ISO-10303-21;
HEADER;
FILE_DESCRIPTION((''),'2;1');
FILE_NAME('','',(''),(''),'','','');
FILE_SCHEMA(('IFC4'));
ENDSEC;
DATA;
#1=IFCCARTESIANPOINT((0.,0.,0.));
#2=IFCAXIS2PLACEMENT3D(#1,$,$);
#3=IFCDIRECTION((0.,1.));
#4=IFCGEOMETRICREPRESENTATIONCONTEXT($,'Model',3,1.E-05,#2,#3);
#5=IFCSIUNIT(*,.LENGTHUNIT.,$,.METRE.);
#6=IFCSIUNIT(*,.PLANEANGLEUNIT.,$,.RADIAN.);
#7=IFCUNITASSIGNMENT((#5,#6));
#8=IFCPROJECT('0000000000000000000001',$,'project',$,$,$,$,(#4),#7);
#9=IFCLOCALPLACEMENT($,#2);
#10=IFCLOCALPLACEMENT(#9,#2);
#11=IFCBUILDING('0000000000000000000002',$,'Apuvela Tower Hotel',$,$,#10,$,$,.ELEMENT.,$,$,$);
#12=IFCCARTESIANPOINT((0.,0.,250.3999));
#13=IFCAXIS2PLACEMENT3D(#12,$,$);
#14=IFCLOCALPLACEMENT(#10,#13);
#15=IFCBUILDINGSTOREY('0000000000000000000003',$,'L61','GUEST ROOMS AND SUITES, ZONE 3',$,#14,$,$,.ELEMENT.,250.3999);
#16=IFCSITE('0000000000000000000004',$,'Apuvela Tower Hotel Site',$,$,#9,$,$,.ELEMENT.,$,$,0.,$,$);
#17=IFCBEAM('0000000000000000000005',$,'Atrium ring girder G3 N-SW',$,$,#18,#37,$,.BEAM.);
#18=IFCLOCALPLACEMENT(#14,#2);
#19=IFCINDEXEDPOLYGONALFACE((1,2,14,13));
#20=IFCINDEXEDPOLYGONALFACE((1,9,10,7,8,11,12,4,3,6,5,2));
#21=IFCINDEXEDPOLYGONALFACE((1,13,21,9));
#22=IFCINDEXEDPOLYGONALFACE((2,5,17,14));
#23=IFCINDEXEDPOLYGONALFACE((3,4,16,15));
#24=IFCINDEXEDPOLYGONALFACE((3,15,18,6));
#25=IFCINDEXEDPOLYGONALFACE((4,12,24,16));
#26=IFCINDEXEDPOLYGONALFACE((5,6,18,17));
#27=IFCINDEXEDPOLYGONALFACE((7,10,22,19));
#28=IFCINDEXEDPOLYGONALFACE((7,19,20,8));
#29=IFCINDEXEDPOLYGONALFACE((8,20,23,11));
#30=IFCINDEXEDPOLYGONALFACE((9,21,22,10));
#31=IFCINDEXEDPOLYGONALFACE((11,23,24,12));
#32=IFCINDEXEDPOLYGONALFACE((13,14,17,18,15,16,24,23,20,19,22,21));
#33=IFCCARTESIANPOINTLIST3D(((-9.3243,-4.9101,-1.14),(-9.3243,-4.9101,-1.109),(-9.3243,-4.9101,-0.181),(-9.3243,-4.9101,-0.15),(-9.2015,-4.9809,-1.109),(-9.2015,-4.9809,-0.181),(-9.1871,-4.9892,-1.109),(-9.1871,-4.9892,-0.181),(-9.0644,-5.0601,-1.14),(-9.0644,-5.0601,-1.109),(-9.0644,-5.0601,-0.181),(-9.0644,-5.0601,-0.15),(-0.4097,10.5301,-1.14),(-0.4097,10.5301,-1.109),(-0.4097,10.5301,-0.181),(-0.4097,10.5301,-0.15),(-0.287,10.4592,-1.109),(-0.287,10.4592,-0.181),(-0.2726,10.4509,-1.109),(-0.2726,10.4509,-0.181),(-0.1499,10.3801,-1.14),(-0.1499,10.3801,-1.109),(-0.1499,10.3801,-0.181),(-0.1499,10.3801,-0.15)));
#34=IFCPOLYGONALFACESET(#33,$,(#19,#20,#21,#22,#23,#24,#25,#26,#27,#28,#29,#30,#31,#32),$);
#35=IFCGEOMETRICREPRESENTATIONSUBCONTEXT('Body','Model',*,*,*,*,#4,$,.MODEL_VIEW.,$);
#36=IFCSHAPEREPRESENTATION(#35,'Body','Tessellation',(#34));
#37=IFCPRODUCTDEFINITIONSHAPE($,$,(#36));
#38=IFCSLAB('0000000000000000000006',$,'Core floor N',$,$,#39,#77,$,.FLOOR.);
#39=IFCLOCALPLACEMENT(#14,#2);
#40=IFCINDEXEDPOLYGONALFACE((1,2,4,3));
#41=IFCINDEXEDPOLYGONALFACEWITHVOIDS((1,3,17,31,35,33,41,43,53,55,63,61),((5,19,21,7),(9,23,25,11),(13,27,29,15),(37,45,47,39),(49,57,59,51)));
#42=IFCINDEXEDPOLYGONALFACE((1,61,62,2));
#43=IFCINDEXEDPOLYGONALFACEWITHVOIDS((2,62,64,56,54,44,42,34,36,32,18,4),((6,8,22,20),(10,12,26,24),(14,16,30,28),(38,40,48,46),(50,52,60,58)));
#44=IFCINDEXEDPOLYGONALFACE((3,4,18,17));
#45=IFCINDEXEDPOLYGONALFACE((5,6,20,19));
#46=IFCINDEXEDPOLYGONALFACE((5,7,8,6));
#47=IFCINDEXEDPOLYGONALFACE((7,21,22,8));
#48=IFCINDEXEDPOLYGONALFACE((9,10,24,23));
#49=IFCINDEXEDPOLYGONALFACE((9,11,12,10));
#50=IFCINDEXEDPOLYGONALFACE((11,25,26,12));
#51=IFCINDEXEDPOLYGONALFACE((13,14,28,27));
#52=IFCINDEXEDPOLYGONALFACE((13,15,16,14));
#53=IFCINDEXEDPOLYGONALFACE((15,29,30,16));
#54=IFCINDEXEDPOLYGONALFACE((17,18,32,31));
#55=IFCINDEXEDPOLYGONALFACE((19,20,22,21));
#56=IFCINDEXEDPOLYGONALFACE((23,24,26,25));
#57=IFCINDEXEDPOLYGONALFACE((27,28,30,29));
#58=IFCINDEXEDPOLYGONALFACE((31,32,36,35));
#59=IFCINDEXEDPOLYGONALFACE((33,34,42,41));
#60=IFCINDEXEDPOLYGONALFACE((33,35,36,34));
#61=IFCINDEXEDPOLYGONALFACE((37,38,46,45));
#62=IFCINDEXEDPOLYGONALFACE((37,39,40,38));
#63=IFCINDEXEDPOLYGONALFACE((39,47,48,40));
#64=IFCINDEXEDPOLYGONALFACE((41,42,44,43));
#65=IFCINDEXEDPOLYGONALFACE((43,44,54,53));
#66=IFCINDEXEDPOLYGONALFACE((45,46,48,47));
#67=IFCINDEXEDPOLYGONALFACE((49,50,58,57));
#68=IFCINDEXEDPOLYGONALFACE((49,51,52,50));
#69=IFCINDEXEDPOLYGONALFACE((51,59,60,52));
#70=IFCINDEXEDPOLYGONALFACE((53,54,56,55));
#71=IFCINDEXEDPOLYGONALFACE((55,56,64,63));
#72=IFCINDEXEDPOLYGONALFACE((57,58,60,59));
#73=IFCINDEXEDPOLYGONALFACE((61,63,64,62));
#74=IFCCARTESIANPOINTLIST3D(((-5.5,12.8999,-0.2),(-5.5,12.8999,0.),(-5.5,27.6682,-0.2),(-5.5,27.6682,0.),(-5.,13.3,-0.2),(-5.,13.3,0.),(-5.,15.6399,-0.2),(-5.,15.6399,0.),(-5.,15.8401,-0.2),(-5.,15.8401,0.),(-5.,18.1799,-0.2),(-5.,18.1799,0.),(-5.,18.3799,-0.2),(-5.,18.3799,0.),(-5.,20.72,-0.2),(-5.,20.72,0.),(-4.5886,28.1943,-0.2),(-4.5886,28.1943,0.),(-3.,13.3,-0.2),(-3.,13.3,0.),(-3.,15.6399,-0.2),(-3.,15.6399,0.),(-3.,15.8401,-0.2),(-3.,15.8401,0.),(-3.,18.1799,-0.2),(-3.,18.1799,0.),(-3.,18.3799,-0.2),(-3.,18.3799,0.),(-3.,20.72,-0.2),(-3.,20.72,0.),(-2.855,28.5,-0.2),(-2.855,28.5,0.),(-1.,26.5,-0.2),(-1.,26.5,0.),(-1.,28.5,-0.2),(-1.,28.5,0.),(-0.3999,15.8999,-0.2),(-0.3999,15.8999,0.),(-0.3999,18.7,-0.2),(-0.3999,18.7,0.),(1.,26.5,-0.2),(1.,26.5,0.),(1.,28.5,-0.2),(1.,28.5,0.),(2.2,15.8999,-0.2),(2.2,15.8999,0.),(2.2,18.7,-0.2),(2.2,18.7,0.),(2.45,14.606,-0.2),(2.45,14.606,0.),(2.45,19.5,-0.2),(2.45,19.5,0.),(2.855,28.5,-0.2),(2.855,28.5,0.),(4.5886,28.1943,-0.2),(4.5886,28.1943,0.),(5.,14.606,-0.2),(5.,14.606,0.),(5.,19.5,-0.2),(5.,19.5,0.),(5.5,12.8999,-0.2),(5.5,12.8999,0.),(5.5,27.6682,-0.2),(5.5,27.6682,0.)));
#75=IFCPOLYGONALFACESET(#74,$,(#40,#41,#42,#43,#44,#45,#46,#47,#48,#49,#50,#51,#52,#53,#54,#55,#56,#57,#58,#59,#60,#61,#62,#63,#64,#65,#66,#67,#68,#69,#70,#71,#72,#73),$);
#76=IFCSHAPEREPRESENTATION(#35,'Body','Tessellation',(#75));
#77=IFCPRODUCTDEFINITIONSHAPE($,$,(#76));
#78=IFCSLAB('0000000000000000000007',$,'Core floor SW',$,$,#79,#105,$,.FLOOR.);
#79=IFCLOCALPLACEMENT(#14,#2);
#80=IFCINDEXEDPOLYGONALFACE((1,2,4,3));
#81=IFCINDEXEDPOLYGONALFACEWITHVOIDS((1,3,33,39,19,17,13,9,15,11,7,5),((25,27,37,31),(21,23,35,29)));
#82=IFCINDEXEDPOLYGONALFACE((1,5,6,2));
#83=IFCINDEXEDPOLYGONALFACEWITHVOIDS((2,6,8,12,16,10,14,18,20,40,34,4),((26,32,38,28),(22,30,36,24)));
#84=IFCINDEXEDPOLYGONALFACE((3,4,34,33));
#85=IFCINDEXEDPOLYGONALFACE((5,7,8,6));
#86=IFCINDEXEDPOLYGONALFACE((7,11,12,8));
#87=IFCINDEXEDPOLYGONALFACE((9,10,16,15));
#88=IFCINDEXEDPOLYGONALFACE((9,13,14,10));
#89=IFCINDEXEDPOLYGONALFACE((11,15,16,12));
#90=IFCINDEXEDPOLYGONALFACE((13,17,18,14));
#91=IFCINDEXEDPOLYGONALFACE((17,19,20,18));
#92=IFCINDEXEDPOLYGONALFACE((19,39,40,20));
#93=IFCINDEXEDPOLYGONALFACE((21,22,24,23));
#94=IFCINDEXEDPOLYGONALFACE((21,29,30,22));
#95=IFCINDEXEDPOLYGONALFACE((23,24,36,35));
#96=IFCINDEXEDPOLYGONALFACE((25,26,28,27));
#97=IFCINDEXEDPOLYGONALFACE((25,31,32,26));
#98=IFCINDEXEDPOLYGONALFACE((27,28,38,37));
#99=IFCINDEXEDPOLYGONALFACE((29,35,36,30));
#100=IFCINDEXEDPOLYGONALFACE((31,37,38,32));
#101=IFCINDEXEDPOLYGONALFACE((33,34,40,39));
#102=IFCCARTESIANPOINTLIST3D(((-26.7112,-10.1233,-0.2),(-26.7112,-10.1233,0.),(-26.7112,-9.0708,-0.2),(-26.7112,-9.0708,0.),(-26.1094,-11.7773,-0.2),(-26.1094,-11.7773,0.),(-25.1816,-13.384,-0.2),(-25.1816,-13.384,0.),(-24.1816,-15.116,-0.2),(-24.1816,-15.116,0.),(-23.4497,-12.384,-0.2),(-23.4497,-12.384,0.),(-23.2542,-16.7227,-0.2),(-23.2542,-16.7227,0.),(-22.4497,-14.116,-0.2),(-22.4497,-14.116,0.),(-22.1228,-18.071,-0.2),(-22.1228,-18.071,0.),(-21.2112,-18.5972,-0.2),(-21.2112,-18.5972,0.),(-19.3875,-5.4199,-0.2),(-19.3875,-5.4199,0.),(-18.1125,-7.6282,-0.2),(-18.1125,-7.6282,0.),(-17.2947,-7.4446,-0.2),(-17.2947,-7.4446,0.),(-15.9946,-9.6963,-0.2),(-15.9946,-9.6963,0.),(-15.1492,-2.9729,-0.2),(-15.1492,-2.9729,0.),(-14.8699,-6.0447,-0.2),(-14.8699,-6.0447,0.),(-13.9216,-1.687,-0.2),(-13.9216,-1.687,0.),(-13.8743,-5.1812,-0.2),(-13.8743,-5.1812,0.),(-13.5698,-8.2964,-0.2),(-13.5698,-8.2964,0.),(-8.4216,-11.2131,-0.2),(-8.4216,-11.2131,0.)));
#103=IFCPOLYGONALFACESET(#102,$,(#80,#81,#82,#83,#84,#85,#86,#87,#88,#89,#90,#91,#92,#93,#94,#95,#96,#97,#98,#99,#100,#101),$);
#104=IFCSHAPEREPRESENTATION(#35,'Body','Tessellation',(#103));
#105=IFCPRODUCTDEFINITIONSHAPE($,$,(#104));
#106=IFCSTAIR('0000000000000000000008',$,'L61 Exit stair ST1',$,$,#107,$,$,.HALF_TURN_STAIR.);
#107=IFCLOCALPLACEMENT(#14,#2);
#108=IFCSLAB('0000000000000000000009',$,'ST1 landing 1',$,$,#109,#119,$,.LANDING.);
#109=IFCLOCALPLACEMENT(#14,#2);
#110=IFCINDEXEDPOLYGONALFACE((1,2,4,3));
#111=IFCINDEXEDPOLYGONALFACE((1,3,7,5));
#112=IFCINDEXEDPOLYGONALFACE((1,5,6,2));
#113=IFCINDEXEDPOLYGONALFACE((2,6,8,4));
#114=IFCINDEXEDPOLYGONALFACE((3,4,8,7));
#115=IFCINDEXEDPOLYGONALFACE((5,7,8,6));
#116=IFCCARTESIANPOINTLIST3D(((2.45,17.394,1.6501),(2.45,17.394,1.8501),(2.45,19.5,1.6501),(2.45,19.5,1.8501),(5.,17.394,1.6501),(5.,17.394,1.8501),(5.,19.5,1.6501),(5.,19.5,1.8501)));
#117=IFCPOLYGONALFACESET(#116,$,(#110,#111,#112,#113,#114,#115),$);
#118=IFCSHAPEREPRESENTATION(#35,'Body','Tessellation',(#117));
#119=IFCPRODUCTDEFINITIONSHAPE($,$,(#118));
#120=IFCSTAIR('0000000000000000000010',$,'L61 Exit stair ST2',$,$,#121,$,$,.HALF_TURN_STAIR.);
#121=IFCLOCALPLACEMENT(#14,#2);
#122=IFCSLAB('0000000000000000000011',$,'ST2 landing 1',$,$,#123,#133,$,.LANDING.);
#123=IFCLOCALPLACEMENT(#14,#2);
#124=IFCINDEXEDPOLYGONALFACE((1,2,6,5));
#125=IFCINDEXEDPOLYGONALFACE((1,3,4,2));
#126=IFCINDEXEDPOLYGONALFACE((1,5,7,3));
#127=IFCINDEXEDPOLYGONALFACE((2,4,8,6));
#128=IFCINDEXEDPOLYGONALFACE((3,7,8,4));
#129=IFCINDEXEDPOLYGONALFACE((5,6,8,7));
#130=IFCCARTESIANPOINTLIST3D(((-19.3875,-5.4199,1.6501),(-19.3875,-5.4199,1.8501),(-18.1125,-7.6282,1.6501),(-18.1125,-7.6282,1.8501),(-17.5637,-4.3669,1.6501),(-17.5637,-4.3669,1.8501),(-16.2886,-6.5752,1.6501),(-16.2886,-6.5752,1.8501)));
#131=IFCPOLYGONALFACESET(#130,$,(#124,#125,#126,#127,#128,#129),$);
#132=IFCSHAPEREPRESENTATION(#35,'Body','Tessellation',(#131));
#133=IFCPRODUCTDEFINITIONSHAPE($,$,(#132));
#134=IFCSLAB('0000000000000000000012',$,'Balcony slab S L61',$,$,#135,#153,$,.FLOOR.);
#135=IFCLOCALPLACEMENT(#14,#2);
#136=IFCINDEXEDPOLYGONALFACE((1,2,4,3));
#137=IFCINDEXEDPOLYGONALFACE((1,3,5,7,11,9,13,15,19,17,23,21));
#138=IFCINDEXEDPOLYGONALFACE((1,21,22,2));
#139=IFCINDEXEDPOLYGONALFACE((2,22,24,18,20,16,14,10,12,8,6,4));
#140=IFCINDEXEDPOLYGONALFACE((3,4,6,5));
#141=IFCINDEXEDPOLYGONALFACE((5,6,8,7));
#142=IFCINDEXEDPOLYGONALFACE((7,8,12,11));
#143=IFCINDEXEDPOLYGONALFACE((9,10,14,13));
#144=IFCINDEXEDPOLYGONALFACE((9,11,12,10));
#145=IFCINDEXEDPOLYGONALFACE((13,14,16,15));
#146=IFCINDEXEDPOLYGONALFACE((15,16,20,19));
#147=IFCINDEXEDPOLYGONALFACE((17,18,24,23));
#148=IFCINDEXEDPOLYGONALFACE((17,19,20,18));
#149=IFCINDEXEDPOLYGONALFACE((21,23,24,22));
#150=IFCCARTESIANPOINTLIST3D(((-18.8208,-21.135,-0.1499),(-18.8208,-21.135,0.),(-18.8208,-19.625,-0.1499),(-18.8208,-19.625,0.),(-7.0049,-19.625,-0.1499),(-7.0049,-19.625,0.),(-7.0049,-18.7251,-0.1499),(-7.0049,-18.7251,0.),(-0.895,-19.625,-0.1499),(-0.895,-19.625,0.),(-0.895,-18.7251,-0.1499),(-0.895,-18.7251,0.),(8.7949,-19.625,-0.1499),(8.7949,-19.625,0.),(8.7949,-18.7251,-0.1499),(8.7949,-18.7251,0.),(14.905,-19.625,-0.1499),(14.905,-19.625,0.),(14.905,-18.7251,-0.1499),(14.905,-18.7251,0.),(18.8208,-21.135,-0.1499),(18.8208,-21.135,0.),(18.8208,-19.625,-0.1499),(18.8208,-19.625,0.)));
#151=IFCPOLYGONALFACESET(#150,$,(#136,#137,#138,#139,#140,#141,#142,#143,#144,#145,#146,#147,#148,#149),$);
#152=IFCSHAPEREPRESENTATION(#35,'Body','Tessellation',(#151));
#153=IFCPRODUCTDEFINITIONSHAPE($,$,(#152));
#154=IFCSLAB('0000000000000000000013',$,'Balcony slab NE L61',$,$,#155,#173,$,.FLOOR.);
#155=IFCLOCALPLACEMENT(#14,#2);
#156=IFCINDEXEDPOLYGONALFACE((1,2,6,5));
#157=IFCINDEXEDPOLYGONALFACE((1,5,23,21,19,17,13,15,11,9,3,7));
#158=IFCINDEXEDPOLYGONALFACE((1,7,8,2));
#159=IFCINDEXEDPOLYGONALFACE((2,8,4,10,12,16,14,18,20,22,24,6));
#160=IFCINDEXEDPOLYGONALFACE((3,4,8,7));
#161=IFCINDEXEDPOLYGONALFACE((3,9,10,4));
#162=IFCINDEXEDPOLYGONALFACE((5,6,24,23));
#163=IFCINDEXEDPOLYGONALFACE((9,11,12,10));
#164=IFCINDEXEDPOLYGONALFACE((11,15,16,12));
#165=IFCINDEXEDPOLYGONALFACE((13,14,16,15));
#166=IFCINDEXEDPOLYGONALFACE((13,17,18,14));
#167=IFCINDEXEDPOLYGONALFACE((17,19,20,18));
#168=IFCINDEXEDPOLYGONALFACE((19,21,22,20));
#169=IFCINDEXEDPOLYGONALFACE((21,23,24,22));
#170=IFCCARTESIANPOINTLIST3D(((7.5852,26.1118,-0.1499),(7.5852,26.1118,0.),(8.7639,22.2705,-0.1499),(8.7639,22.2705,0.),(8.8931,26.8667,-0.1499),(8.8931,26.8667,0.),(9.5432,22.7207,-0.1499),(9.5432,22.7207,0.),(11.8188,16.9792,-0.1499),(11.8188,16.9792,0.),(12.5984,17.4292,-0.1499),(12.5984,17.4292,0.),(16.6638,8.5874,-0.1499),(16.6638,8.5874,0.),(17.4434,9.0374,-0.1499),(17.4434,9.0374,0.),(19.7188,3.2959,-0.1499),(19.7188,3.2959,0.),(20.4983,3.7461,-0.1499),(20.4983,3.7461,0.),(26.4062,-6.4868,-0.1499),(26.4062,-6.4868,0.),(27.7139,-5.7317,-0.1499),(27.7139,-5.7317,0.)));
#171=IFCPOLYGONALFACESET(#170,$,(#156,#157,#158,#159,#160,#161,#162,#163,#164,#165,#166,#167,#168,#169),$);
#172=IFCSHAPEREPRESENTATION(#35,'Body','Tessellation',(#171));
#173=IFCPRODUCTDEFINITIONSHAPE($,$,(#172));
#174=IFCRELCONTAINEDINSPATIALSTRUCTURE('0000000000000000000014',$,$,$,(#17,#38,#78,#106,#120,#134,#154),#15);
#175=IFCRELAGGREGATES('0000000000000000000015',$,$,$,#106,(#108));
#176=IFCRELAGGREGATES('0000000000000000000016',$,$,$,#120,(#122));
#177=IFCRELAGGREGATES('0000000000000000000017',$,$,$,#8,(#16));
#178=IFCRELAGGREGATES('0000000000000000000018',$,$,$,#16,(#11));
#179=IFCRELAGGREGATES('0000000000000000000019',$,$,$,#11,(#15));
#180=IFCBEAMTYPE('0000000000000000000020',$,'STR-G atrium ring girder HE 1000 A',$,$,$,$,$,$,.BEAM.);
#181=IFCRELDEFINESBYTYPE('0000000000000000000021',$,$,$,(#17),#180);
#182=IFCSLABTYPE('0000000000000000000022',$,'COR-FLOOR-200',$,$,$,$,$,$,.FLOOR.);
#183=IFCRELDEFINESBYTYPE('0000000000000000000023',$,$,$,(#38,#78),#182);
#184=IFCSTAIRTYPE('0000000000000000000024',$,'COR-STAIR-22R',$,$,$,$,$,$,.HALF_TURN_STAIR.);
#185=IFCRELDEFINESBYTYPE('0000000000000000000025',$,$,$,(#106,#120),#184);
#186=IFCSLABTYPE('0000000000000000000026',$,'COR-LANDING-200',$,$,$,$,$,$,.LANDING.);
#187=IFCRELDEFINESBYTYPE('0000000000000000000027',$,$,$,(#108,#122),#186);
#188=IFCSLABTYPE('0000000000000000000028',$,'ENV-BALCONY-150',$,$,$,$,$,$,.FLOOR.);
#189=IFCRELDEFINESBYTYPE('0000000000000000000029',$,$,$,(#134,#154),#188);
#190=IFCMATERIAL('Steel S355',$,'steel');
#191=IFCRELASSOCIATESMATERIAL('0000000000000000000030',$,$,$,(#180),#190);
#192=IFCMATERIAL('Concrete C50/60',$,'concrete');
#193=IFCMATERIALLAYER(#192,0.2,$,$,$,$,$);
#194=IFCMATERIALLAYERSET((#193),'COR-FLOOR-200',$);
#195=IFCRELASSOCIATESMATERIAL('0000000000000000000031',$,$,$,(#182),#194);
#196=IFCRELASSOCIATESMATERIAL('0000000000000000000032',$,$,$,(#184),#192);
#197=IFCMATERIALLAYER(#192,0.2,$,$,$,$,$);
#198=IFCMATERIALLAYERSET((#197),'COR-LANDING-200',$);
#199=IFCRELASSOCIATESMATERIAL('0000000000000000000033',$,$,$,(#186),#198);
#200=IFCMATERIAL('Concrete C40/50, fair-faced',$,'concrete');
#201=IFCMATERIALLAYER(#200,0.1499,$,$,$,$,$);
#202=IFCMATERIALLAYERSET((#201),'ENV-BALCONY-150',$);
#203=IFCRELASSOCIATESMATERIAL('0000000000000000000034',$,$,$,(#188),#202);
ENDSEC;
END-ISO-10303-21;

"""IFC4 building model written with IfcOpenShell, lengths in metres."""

from ifc_helpers import new_model, si_unit, direction, frame, origin, origin_2d, place, context, subcontext, project, spatial, polyline, i_section, outline, extrude, material, layer, layer_set, material_profile, profile_set, type_object, element, aggregate, save


model = new_model("IFC4")

# Units and contexts
model_context = context("Model", 3, precision=1e-05, world=origin(), true_north=direction((0.0, 1.0)))
body_context = subcontext(model_context, "Body", "Model", "MODEL_VIEW")
ifc_project = project(units=[si_unit("LENGTHUNIT", "METRE"), si_unit("PLANEANGLEUNIT", "RADIAN")], contexts=[model_context])

# Site, building, storey
site_placement = place(None, origin())
site = spatial("IfcSite", under=ifc_project, at=site_placement, Name="Apuvela Tower Hotel Site", CompositionType="ELEMENT", RefElevation=0.0)
building_placement = place(site_placement, origin())
building = spatial("IfcBuilding", under=site, at=building_placement, Name="Apuvela Tower Hotel", CompositionType="ELEMENT")
storey_placement = place(building_placement, frame((0.0, 0.0, 250.3999)))
storey = spatial("IfcBuildingStorey", under=building, at=storey_placement, Name="L61", Description="GUEST ROOMS AND SUITES, ZONE 3", CompositionType="ELEMENT", Elevation=250.3999)

# Beam
ifc_material_1 = material(Name="Steel S355", Category="steel")
ifc_material_profile = material_profile(ifc_material_1, i_section(OverallWidth=0.3, OverallDepth=0.99, WebThickness=0.0166, FlangeThickness=0.031, at=origin_2d()), Name="HE 1000 A")
ifc_profile_set = profile_set([ifc_material_profile], Name="Steel S355")
beam_type = type_object("IfcBeamType", Name="STR-G atrium ring girder HE 1000 A", PredefinedType="BEAM", material=ifc_profile_set)
beam_placement = place(storey_placement, frame((-0.2798, 10.4551, -0.645), z_axis=(-0.500007, -0.866022, 0.0), x_axis=(0.866022, -0.500007, 0.0)))
element("IfcBeam", 1, at=beam_placement, inside=storey, type_object=beam_type, Name="Atrium ring girder G3 N-SW", PredefinedType="BEAM", context=body_context, shape_type="SweptSolid", body=[
    extrude(i_section(OverallWidth=0.3, OverallDepth=0.99, WebThickness=0.0166, FlangeThickness=0.031, at=origin_2d()), origin(), (0.0, 0.0, 1.0), 17.8289),
])

# Slabs
ifc_material_2 = material(Name="Concrete C50/60", Category="concrete")
ifc_layer_1 = layer(ifc_material_2, 0.2)
ifc_layer_set_1 = layer_set([ifc_layer_1], Name="COR-FLOOR-200")
slab_type_1 = type_object("IfcSlabType", Name="COR-FLOOR-200", PredefinedType="FLOOR", material=ifc_layer_set_1)
slab_1_placement = place(storey_placement, frame((0.0, 0.0, -0.2)))
element("IfcSlab", 2, at=slab_1_placement, inside=storey, type_object=slab_type_1, Name="Core floor N", PredefinedType="FLOOR", context=body_context, shape_type="SweptSolid", body=[
    extrude(outline(polyline([(5.5, 27.6682), (4.5886, 28.1943), (2.855, 28.5), (1.0, 28.5), (1.0, 26.5), (-1.0, 26.5), (-1.0, 28.5), (-2.855, 28.5), (-4.5886, 28.1943), (-5.5, 27.6682), (-5.5, 12.8999), (5.5, 12.8999), (5.5, 27.6682)]), holes=[polyline([(-3.0, 13.3), (-5.0, 13.3), (-5.0, 15.6399), (-3.0, 15.6399), (-3.0, 13.3)]), polyline([(-3.0, 15.8401), (-5.0, 15.8401), (-5.0, 18.1799), (-3.0, 18.1799), (-3.0, 15.8401)]), polyline([(5.0, 14.606), (2.45, 14.606), (2.45, 19.5), (5.0, 19.5), (5.0, 14.606)]), polyline([(2.2, 18.7), (2.2, 15.8999), (-0.3999, 15.8999), (-0.3999, 18.7), (2.2, 18.7)]), polyline([(-3.0, 20.72), (-3.0, 18.3799), (-5.0, 18.3799), (-5.0, 20.72), (-3.0, 20.72)])]), origin(), (0.0, 0.0, 1.0), 0.2),
])
slab_2_placement = place(storey_placement, frame((0.0, 0.0, -0.2)))
element("IfcSlab", 3, at=slab_2_placement, inside=storey, type_object=slab_type_1, Name="Core floor SW", PredefinedType="FLOOR", context=body_context, shape_type="SweptSolid", body=[
    extrude(outline(polyline([(-26.7112, -9.0708), (-26.7112, -10.1233), (-26.1094, -11.7773), (-25.1816, -13.384), (-23.4497, -12.384), (-22.4497, -14.116), (-24.1816, -15.116), (-23.2542, -16.7227), (-22.1228, -18.071), (-21.2112, -18.5972), (-8.4216, -11.2131), (-13.9216, -1.687), (-26.7112, -9.0708)]), holes=[polyline([(-13.8743, -5.1812), (-18.1125, -7.6282), (-19.3875, -5.4199), (-15.1492, -2.9729), (-13.8743, -5.1812)]), polyline([(-13.5698, -8.2964), (-15.9946, -9.6963), (-17.2947, -7.4446), (-14.8699, -6.0447), (-13.5698, -8.2964)])]), origin(), (0.0, 0.0, 1.0), 0.2),
])

# Stairs, slabs
stair_type = type_object("IfcStairType", Name="COR-STAIR-22R", PredefinedType="HALF_TURN_STAIR", material=ifc_material_2)
stair_1_placement = place(storey_placement, origin())
stair_1 = element("IfcStair", 4, at=stair_1_placement, inside=storey, type_object=stair_type, Name="L61 Exit stair ST1", PredefinedType="HALF_TURN_STAIR")
ifc_layer_2 = layer(ifc_material_2, 0.2)
ifc_layer_set_2 = layer_set([ifc_layer_2], Name="COR-LANDING-200")
slab_type_2 = type_object("IfcSlabType", Name="COR-LANDING-200", PredefinedType="LANDING", material=ifc_layer_set_2)
slab_3_placement = place(storey_placement, frame((0.0, 0.0, 1.6501)))
slab_3 = element("IfcSlab", 5, at=slab_3_placement, type_object=slab_type_2, Name="ST1 landing 1", PredefinedType="LANDING", context=body_context, shape_type="SweptSolid", body=[
    extrude(outline(polyline([(5.0, 17.394), (5.0, 19.5), (2.45, 19.5), (2.45, 17.394), (5.0, 17.394)])), origin(), (0.0, 0.0, 1.0), 0.2),
])
aggregate(stair_1, [slab_3])
stair_2_placement = place(storey_placement, origin())
stair_2 = element("IfcStair", 6, at=stair_2_placement, inside=storey, type_object=stair_type, Name="L61 Exit stair ST2", PredefinedType="HALF_TURN_STAIR")
slab_4_placement = place(storey_placement, frame((0.0, 0.0, 1.6501)))
slab_4 = element("IfcSlab", 7, at=slab_4_placement, type_object=slab_type_2, Name="ST2 landing 1", PredefinedType="LANDING", context=body_context, shape_type="SweptSolid", body=[
    extrude(outline(polyline([(-17.5637, -4.3669), (-19.3875, -5.4199), (-18.1125, -7.6282), (-16.2886, -6.5752), (-17.5637, -4.3669)])), origin(), (0.0, 0.0, 1.0), 0.2),
])
aggregate(stair_2, [slab_4])

# Slabs
ifc_material_3 = material(Name="Concrete C40/50, fair-faced", Category="concrete")
ifc_layer_3 = layer(ifc_material_3, 0.1499)
ifc_layer_set_3 = layer_set([ifc_layer_3], Name="ENV-BALCONY-150")
slab_type_3 = type_object("IfcSlabType", Name="ENV-BALCONY-150", PredefinedType="FLOOR", material=ifc_layer_set_3)
slab_5_placement = place(storey_placement, frame((0.0, 0.0, -0.1499)))
element("IfcSlab", 8, at=slab_5_placement, inside=storey, type_object=slab_type_3, Name="Balcony slab S L61", PredefinedType="FLOOR", context=body_context, shape_type="SweptSolid", body=[
    extrude(outline(polyline([(18.8208, -21.135), (-18.8208, -21.135), (-18.8208, -19.625), (-7.0049, -19.625), (-7.0049, -18.7251), (-0.895, -18.7251), (-0.895, -19.625), (8.7949, -19.625), (8.7949, -18.7251), (14.905, -18.7251), (14.905, -19.625), (18.8208, -19.625), (18.8208, -21.135)])), origin(), (0.0, 0.0, 1.0), 0.1499),
])
slab_6_placement = place(storey_placement, frame((0.0, 0.0, -0.1499)))
element("IfcSlab", 9, at=slab_6_placement, inside=storey, type_object=slab_type_3, Name="Balcony slab NE L61", PredefinedType="FLOOR", context=body_context, shape_type="SweptSolid", body=[
    extrude(outline(polyline([(17.4434, 9.0374), (12.5984, 17.4292), (11.8188, 16.9792), (8.7639, 22.2705), (9.5432, 22.7207), (7.5852, 26.1118), (8.8931, 26.8667), (27.7139, -5.7317), (26.4062, -6.4868), (20.4983, 3.7461), (19.7188, 3.2959), (16.6638, 8.5874), (17.4434, 9.0374)])), origin(), (0.0, 0.0, 1.0), 0.1499),
])

save(model, "model.ifc")
